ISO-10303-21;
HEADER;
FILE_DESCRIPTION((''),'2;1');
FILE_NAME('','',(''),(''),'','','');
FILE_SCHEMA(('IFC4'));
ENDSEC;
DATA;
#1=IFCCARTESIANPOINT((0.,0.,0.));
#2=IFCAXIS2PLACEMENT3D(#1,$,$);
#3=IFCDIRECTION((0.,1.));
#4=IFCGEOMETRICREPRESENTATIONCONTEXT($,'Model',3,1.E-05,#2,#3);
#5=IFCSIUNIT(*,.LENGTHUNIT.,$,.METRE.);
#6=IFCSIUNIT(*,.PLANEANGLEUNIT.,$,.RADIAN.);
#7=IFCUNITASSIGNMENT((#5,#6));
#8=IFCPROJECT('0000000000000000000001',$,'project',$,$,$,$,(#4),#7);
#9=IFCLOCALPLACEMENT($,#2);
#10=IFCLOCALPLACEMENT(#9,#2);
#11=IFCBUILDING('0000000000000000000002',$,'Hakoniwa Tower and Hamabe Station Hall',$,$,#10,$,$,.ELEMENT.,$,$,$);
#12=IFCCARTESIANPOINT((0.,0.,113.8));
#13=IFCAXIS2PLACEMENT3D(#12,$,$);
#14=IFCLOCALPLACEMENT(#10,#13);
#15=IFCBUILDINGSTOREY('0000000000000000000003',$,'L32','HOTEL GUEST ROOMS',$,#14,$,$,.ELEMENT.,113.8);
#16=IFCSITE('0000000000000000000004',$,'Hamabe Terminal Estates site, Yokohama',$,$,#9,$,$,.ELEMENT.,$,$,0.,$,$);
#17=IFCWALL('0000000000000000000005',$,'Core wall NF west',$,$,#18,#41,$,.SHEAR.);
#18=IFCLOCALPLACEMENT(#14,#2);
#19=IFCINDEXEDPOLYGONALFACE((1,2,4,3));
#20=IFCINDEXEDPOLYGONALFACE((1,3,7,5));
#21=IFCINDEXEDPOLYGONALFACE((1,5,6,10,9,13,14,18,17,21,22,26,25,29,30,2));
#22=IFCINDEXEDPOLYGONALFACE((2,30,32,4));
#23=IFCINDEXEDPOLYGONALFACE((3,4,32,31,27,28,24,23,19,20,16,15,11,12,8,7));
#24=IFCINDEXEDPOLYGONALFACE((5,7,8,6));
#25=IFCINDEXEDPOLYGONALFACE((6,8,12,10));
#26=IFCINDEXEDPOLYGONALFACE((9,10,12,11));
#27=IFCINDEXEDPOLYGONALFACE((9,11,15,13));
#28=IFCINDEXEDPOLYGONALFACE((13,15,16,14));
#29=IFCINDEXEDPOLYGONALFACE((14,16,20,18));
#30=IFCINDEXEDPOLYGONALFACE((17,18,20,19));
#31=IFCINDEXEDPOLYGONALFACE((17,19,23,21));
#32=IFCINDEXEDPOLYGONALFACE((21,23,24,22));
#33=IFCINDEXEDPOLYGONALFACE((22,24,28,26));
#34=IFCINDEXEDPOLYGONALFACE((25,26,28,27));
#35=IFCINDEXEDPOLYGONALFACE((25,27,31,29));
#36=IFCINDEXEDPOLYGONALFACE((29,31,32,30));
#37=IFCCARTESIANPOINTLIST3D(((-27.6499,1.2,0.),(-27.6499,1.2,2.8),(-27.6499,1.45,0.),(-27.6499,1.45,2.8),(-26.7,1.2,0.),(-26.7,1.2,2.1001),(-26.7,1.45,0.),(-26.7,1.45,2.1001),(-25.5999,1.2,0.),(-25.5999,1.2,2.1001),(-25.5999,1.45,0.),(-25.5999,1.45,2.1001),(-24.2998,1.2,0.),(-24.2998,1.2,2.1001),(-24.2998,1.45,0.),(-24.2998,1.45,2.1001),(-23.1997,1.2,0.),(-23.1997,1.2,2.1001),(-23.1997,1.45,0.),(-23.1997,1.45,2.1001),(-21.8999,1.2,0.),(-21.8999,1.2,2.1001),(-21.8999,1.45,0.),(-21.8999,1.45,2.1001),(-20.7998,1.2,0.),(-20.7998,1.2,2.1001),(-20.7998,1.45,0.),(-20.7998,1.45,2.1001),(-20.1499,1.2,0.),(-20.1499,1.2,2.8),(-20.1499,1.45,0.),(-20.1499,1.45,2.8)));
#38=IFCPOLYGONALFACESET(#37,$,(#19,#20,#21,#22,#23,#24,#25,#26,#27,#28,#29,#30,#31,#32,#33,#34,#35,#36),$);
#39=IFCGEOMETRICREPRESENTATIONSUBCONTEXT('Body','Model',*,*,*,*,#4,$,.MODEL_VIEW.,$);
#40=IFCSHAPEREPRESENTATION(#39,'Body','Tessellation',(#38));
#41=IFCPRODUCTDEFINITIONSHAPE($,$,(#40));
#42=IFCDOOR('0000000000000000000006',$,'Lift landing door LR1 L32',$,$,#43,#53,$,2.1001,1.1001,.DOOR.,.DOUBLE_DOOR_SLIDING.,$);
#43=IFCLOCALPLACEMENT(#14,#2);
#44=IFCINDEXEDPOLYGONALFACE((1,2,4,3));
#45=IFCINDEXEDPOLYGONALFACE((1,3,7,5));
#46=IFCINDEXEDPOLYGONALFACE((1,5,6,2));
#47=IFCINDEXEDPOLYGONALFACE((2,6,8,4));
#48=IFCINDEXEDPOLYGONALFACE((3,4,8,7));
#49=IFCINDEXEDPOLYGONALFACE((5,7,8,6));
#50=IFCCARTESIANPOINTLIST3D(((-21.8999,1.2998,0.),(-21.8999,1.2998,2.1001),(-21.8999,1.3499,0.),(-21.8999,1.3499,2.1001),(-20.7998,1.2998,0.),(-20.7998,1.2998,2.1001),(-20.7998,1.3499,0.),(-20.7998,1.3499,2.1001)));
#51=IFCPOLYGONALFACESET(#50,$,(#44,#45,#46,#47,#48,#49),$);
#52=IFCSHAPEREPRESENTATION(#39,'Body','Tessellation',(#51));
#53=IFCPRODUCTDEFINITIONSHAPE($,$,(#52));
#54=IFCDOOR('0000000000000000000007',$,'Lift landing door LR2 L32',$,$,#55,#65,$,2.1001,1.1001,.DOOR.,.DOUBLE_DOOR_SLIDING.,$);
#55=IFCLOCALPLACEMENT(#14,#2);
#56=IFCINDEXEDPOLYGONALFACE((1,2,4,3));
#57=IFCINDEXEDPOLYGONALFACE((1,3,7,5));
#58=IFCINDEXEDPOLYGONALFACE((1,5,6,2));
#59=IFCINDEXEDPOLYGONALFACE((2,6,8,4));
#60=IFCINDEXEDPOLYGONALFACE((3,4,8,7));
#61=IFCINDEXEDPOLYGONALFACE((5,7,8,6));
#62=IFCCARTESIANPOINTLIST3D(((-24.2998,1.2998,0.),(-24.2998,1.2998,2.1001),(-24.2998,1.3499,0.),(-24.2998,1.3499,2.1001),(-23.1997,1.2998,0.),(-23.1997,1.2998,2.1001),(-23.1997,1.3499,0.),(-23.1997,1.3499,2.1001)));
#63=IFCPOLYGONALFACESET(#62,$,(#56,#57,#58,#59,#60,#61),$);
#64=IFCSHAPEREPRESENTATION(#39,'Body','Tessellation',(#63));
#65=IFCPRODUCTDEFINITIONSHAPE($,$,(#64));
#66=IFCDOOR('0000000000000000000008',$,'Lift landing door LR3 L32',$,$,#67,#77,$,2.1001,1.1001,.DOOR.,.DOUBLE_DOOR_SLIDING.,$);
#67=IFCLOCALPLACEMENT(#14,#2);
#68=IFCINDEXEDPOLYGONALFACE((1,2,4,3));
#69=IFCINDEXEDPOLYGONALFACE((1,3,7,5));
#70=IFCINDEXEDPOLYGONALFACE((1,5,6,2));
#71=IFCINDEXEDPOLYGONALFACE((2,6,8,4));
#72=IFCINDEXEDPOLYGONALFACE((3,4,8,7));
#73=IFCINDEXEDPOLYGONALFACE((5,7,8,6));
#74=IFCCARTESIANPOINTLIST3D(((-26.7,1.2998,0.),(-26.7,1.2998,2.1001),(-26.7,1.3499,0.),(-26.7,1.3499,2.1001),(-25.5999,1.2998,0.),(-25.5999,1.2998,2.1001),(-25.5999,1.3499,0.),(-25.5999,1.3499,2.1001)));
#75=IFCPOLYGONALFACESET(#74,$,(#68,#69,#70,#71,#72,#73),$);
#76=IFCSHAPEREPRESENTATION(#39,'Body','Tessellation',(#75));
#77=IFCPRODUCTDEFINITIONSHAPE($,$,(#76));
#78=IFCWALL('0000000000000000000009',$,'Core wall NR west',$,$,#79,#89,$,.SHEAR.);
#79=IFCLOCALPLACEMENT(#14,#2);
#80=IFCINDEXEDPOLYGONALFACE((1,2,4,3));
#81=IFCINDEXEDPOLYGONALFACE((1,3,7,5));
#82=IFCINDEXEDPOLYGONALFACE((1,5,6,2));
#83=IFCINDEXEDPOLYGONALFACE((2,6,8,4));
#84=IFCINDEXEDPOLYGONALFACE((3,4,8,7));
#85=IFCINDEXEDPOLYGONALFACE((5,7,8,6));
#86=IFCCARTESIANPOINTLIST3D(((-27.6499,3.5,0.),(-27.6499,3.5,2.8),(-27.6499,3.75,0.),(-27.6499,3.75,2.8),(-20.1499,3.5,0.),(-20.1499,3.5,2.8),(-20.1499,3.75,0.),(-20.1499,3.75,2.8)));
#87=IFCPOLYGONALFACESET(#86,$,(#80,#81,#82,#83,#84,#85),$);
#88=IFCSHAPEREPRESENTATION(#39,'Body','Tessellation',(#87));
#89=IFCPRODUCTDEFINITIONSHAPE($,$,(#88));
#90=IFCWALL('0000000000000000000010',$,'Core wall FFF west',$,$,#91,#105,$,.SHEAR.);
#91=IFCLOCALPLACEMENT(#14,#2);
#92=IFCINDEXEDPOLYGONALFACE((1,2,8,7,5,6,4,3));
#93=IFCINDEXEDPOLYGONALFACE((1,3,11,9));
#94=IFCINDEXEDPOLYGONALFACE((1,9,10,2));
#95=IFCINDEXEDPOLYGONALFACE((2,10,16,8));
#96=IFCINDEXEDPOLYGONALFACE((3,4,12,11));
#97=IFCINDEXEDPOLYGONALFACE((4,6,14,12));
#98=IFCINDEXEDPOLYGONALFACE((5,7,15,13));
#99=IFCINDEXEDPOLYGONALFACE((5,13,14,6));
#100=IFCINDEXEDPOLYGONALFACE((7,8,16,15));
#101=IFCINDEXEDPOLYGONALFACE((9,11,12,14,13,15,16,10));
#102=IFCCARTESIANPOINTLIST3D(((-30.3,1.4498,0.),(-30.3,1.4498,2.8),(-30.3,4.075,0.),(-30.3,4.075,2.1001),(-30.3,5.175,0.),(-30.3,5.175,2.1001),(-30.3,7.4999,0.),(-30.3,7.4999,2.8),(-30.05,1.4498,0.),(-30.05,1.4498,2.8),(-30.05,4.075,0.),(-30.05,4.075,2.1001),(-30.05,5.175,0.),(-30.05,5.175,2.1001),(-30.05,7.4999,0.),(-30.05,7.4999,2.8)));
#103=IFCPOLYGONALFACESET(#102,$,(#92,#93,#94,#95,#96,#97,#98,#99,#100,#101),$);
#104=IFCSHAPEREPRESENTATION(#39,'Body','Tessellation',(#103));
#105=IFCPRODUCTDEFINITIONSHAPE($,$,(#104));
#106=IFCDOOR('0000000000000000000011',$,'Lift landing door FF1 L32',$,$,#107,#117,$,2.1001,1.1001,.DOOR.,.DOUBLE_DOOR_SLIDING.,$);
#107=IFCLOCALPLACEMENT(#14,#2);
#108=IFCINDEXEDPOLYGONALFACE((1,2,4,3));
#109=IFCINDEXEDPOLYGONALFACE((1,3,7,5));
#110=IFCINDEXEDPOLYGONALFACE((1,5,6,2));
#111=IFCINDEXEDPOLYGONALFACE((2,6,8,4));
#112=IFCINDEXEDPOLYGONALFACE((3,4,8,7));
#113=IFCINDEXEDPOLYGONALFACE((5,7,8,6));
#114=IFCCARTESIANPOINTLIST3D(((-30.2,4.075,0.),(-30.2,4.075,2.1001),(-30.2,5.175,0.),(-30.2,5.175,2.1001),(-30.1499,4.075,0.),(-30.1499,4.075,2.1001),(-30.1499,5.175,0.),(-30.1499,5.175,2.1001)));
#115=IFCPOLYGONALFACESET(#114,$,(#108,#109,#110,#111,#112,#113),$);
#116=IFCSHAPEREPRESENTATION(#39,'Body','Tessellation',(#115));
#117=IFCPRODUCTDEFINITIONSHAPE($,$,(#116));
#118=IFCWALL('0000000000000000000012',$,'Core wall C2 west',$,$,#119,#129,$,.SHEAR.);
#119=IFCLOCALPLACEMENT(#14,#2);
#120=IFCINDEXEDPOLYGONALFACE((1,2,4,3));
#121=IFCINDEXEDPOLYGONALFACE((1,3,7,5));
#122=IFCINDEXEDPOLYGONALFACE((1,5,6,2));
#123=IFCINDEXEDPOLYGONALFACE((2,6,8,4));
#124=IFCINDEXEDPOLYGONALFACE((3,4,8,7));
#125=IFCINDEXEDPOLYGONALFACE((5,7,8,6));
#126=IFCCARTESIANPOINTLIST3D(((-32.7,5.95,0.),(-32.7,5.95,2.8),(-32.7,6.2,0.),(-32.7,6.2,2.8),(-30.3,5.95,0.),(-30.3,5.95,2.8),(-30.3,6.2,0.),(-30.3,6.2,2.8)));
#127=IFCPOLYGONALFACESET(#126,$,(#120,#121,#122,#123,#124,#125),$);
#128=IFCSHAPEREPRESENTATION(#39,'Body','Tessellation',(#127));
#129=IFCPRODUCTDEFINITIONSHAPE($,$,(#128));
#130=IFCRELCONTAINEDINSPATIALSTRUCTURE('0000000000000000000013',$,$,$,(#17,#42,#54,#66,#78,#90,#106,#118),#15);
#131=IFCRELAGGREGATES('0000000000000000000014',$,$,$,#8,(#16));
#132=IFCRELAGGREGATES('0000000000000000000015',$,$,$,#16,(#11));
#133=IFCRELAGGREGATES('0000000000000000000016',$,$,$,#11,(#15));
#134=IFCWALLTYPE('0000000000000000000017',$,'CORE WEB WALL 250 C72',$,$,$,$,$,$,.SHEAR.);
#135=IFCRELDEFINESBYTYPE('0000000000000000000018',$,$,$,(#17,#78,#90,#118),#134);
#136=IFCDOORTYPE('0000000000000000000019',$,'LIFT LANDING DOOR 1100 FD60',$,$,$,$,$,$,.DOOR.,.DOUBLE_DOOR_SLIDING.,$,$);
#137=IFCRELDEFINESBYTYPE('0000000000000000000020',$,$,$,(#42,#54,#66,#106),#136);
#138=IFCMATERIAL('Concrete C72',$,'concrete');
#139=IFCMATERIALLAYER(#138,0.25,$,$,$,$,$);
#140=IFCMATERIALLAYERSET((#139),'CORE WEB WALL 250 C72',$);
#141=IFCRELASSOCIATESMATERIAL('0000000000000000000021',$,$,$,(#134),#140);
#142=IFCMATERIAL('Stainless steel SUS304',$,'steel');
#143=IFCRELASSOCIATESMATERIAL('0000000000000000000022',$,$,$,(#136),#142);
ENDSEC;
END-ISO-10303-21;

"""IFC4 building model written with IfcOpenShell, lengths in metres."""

from ifc_helpers import new_model, si_unit, direction, frame, frame_2d, origin, place, context, subcontext, project, spatial, rectangle, extrude, material, layer, layer_set, type_object, element, fill, save


model = new_model("IFC4")

# Units and contexts
model_context = context("Model", 3, precision=1e-05, world=origin(), true_north=direction((0.0, 1.0)))
body_context = subcontext(model_context, "Body", "Model", "MODEL_VIEW")
ifc_project = project(units=[si_unit("LENGTHUNIT", "METRE"), si_unit("PLANEANGLEUNIT", "RADIAN")], contexts=[model_context])

# Site, building, storey
site_placement = place(None, origin())
site = spatial("IfcSite", under=ifc_project, at=site_placement, Name="Hamabe Terminal Estates site, Yokohama", CompositionType="ELEMENT", RefElevation=0.0)
building_placement = place(site_placement, origin())
building = spatial("IfcBuilding", under=site, at=building_placement, Name="Hakoniwa Tower and Hamabe Station Hall", CompositionType="ELEMENT")
storey_placement = place(building_placement, frame((0.0, 0.0, 113.8)))
storey = spatial("IfcBuildingStorey", under=building, at=storey_placement, Name="L32", Description="HOTEL GUEST ROOMS", CompositionType="ELEMENT", Elevation=113.8)

# Wall, openings, doors
ifc_material_1 = material(Name="Concrete C72", Category="concrete")
ifc_layer_1 = layer(ifc_material_1, 0.25)
ifc_layer_set_1 = layer_set([ifc_layer_1], Name="CORE WEB WALL 250 C72")
wall_type_1 = type_object("IfcWallType", Name="CORE WEB WALL 250 C72", PredefinedType="SHEAR", material=ifc_layer_set_1)
wall_1_placement = place(storey_placement, frame((-27.6499, 1.325, 0.0), z_axis=(0.0, 0.0, 1.0), x_axis=(1.0, 0.0, 0.0)))
wall_1 = element("IfcWall", 1, at=wall_1_placement, inside=storey, type_object=wall_type_1, Name="Core wall NF west", PredefinedType="SHEAR", context=body_context, shape_type="SweptSolid", body=[
    extrude(rectangle(XDim=7.5, YDim=0.25, at=frame_2d((3.75, 0.0))), origin(), (0.0, 0.0, 1.0), 2.8),
])
opening_1_placement = place(wall_1_placement, frame((5.75, 0.0, 0.0)))
opening_1 = element("IfcOpeningElement", 2, at=opening_1_placement, cuts=wall_1, PredefinedType="OPENING", context=body_context, shape_type="SweptSolid", body=[
    extrude(rectangle(XDim=1.1001, YDim=2.1001, at=frame_2d((0.55, 1.05))), frame((0.0, 0.135, 0.0), z_axis=(0.0, -1.0, 0.0), x_axis=(1.0, 0.0, 0.0)), (0.0, 0.0, 1.0), 0.27),
])
opening_2_placement = place(wall_1_placement, frame((3.3501, 0.0, 0.0)))
opening_2 = element("IfcOpeningElement", 3, at=opening_2_placement, cuts=wall_1, PredefinedType="OPENING", context=body_context, shape_type="SweptSolid", body=[
    extrude(rectangle(XDim=1.1001, YDim=2.1001, at=frame_2d((0.55, 1.05))), frame((0.0, 0.135, 0.0), z_axis=(0.0, -1.0, 0.0), x_axis=(1.0, 0.0, 0.0)), (0.0, 0.0, 1.0), 0.27),
])
opening_3_placement = place(wall_1_placement, frame((0.95, 0.0, 0.0)))
opening_3 = element("IfcOpeningElement", 4, at=opening_3_placement, cuts=wall_1, PredefinedType="OPENING", context=body_context, shape_type="SweptSolid", body=[
    extrude(rectangle(XDim=1.1001, YDim=2.1001, at=frame_2d((0.55, 1.05))), frame((0.0, 0.135, 0.0), z_axis=(0.0, -1.0, 0.0), x_axis=(1.0, 0.0, 0.0)), (0.0, 0.0, 1.0), 0.27),
])
ifc_material_2 = material(Name="Stainless steel SUS304", Category="steel")
door_type_1 = type_object("IfcDoorType", Name="LIFT LANDING DOOR 1100 FD60", OperationType="DOUBLE_DOOR_SLIDING", PredefinedType="DOOR", material=ifc_material_2)
door_1_placement = place(opening_1_placement, origin())
door_1 = element("IfcDoor", 5, at=door_1_placement, inside=storey, type_object=door_type_1, Name="Lift landing door LR1 L32", OperationType="DOUBLE_DOOR_SLIDING", OverallHeight=2.1001, OverallWidth=1.1001, PredefinedType="DOOR", context=body_context, shape_type="SweptSolid", body=[
    extrude(rectangle(XDim=1.1001, YDim=2.1001, at=frame_2d((0.55, 1.05))), frame((0.0, 0.0249, 0.0), z_axis=(0.0, -1.0, 0.0), x_axis=(1.0, 0.0, 0.0)), (0.0, 0.0, 1.0), 0.05),
])
fill(opening_1, door_1)
door_2_placement = place(opening_2_placement, origin())
door_2 = element("IfcDoor", 6, at=door_2_placement, inside=storey, type_object=door_type_1, Name="Lift landing door LR2 L32", OperationType="DOUBLE_DOOR_SLIDING", OverallHeight=2.1001, OverallWidth=1.1001, PredefinedType="DOOR", context=body_context, shape_type="SweptSolid", body=[
    extrude(rectangle(XDim=1.1001, YDim=2.1001, at=frame_2d((0.55, 1.05))), frame((0.0, 0.0249, 0.0), z_axis=(0.0, -1.0, 0.0), x_axis=(1.0, 0.0, 0.0)), (0.0, 0.0, 1.0), 0.05),
])
fill(opening_2, door_2)
door_3_placement = place(opening_3_placement, origin())
door_3 = element("IfcDoor", 7, at=door_3_placement, inside=storey, type_object=door_type_1, Name="Lift landing door LR3 L32", OperationType="DOUBLE_DOOR_SLIDING", OverallHeight=2.1001, OverallWidth=1.1001, PredefinedType="DOOR", context=body_context, shape_type="SweptSolid", body=[
    extrude(rectangle(XDim=1.1001, YDim=2.1001, at=frame_2d((0.55, 1.05))), frame((0.0, 0.0249, 0.0), z_axis=(0.0, -1.0, 0.0), x_axis=(1.0, 0.0, 0.0)), (0.0, 0.0, 1.0), 0.05),
])
fill(opening_3, door_3)

# Wall
wall_2_placement = place(storey_placement, frame((-27.6499, 3.625, 0.0), z_axis=(0.0, 0.0, 1.0), x_axis=(1.0, 0.0, 0.0)))
element("IfcWall", 8, at=wall_2_placement, inside=storey, type_object=wall_type_1, Name="Core wall NR west", PredefinedType="SHEAR", context=body_context, shape_type="SweptSolid", body=[
    extrude(rectangle(XDim=7.5, YDim=0.25, at=frame_2d((3.75, 0.0))), origin(), (0.0, 0.0, 1.0), 2.8),
])

# Wall, opening, door
wall_3_placement = place(storey_placement, frame((-30.175, 1.45, 0.0), z_axis=(0.0, 0.0, 1.0), x_axis=(0.0, 1.0, 0.0)))
wall_3 = element("IfcWall", 9, at=wall_3_placement, inside=storey, type_object=wall_type_1, Name="Core wall FFF west", PredefinedType="SHEAR", context=body_context, shape_type="SweptSolid", body=[
    extrude(rectangle(XDim=6.05, YDim=0.25, at=frame_2d((3.0249, 0.0))), origin(), (0.0, 0.0, 1.0), 2.8),
])
opening_4_placement = place(wall_3_placement, frame((2.625, 0.0, 0.0)))
opening_4 = element("IfcOpeningElement", 10, at=opening_4_placement, cuts=wall_3, PredefinedType="OPENING", context=body_context, shape_type="SweptSolid", body=[
    extrude(rectangle(XDim=1.1001, YDim=2.1001, at=frame_2d((0.55, 1.05))), frame((0.0, 0.135, 0.0), z_axis=(0.0, -1.0, 0.0), x_axis=(1.0, 0.0, 0.0)), (0.0, 0.0, 1.0), 0.27),
])
door_4_placement = place(opening_4_placement, origin())
door_4 = element("IfcDoor", 11, at=door_4_placement, inside=storey, type_object=door_type_1, Name="Lift landing door FF1 L32", OperationType="DOUBLE_DOOR_SLIDING", OverallHeight=2.1001, OverallWidth=1.1001, PredefinedType="DOOR", context=body_context, shape_type="SweptSolid", body=[
    extrude(rectangle(XDim=1.1001, YDim=2.1001, at=frame_2d((0.55, 1.05))), frame((0.0, 0.0249, 0.0), z_axis=(0.0, -1.0, 0.0), x_axis=(1.0, 0.0, 0.0)), (0.0, 0.0, 1.0), 0.05),
])
fill(opening_4, door_4)

# Wall
wall_4_placement = place(storey_placement, frame((-32.7, 6.075, 0.0), z_axis=(0.0, 0.0, 1.0), x_axis=(1.0, 0.0, 0.0)))
element("IfcWall", 12, at=wall_4_placement, inside=storey, type_object=wall_type_1, Name="Core wall C2 west", PredefinedType="SHEAR", context=body_context, shape_type="SweptSolid", body=[
    extrude(rectangle(XDim=2.3999, YDim=0.25, at=frame_2d((1.2, 0.0))), origin(), (0.0, 0.0, 1.0), 2.8),
])

save(model, "model.ifc")
